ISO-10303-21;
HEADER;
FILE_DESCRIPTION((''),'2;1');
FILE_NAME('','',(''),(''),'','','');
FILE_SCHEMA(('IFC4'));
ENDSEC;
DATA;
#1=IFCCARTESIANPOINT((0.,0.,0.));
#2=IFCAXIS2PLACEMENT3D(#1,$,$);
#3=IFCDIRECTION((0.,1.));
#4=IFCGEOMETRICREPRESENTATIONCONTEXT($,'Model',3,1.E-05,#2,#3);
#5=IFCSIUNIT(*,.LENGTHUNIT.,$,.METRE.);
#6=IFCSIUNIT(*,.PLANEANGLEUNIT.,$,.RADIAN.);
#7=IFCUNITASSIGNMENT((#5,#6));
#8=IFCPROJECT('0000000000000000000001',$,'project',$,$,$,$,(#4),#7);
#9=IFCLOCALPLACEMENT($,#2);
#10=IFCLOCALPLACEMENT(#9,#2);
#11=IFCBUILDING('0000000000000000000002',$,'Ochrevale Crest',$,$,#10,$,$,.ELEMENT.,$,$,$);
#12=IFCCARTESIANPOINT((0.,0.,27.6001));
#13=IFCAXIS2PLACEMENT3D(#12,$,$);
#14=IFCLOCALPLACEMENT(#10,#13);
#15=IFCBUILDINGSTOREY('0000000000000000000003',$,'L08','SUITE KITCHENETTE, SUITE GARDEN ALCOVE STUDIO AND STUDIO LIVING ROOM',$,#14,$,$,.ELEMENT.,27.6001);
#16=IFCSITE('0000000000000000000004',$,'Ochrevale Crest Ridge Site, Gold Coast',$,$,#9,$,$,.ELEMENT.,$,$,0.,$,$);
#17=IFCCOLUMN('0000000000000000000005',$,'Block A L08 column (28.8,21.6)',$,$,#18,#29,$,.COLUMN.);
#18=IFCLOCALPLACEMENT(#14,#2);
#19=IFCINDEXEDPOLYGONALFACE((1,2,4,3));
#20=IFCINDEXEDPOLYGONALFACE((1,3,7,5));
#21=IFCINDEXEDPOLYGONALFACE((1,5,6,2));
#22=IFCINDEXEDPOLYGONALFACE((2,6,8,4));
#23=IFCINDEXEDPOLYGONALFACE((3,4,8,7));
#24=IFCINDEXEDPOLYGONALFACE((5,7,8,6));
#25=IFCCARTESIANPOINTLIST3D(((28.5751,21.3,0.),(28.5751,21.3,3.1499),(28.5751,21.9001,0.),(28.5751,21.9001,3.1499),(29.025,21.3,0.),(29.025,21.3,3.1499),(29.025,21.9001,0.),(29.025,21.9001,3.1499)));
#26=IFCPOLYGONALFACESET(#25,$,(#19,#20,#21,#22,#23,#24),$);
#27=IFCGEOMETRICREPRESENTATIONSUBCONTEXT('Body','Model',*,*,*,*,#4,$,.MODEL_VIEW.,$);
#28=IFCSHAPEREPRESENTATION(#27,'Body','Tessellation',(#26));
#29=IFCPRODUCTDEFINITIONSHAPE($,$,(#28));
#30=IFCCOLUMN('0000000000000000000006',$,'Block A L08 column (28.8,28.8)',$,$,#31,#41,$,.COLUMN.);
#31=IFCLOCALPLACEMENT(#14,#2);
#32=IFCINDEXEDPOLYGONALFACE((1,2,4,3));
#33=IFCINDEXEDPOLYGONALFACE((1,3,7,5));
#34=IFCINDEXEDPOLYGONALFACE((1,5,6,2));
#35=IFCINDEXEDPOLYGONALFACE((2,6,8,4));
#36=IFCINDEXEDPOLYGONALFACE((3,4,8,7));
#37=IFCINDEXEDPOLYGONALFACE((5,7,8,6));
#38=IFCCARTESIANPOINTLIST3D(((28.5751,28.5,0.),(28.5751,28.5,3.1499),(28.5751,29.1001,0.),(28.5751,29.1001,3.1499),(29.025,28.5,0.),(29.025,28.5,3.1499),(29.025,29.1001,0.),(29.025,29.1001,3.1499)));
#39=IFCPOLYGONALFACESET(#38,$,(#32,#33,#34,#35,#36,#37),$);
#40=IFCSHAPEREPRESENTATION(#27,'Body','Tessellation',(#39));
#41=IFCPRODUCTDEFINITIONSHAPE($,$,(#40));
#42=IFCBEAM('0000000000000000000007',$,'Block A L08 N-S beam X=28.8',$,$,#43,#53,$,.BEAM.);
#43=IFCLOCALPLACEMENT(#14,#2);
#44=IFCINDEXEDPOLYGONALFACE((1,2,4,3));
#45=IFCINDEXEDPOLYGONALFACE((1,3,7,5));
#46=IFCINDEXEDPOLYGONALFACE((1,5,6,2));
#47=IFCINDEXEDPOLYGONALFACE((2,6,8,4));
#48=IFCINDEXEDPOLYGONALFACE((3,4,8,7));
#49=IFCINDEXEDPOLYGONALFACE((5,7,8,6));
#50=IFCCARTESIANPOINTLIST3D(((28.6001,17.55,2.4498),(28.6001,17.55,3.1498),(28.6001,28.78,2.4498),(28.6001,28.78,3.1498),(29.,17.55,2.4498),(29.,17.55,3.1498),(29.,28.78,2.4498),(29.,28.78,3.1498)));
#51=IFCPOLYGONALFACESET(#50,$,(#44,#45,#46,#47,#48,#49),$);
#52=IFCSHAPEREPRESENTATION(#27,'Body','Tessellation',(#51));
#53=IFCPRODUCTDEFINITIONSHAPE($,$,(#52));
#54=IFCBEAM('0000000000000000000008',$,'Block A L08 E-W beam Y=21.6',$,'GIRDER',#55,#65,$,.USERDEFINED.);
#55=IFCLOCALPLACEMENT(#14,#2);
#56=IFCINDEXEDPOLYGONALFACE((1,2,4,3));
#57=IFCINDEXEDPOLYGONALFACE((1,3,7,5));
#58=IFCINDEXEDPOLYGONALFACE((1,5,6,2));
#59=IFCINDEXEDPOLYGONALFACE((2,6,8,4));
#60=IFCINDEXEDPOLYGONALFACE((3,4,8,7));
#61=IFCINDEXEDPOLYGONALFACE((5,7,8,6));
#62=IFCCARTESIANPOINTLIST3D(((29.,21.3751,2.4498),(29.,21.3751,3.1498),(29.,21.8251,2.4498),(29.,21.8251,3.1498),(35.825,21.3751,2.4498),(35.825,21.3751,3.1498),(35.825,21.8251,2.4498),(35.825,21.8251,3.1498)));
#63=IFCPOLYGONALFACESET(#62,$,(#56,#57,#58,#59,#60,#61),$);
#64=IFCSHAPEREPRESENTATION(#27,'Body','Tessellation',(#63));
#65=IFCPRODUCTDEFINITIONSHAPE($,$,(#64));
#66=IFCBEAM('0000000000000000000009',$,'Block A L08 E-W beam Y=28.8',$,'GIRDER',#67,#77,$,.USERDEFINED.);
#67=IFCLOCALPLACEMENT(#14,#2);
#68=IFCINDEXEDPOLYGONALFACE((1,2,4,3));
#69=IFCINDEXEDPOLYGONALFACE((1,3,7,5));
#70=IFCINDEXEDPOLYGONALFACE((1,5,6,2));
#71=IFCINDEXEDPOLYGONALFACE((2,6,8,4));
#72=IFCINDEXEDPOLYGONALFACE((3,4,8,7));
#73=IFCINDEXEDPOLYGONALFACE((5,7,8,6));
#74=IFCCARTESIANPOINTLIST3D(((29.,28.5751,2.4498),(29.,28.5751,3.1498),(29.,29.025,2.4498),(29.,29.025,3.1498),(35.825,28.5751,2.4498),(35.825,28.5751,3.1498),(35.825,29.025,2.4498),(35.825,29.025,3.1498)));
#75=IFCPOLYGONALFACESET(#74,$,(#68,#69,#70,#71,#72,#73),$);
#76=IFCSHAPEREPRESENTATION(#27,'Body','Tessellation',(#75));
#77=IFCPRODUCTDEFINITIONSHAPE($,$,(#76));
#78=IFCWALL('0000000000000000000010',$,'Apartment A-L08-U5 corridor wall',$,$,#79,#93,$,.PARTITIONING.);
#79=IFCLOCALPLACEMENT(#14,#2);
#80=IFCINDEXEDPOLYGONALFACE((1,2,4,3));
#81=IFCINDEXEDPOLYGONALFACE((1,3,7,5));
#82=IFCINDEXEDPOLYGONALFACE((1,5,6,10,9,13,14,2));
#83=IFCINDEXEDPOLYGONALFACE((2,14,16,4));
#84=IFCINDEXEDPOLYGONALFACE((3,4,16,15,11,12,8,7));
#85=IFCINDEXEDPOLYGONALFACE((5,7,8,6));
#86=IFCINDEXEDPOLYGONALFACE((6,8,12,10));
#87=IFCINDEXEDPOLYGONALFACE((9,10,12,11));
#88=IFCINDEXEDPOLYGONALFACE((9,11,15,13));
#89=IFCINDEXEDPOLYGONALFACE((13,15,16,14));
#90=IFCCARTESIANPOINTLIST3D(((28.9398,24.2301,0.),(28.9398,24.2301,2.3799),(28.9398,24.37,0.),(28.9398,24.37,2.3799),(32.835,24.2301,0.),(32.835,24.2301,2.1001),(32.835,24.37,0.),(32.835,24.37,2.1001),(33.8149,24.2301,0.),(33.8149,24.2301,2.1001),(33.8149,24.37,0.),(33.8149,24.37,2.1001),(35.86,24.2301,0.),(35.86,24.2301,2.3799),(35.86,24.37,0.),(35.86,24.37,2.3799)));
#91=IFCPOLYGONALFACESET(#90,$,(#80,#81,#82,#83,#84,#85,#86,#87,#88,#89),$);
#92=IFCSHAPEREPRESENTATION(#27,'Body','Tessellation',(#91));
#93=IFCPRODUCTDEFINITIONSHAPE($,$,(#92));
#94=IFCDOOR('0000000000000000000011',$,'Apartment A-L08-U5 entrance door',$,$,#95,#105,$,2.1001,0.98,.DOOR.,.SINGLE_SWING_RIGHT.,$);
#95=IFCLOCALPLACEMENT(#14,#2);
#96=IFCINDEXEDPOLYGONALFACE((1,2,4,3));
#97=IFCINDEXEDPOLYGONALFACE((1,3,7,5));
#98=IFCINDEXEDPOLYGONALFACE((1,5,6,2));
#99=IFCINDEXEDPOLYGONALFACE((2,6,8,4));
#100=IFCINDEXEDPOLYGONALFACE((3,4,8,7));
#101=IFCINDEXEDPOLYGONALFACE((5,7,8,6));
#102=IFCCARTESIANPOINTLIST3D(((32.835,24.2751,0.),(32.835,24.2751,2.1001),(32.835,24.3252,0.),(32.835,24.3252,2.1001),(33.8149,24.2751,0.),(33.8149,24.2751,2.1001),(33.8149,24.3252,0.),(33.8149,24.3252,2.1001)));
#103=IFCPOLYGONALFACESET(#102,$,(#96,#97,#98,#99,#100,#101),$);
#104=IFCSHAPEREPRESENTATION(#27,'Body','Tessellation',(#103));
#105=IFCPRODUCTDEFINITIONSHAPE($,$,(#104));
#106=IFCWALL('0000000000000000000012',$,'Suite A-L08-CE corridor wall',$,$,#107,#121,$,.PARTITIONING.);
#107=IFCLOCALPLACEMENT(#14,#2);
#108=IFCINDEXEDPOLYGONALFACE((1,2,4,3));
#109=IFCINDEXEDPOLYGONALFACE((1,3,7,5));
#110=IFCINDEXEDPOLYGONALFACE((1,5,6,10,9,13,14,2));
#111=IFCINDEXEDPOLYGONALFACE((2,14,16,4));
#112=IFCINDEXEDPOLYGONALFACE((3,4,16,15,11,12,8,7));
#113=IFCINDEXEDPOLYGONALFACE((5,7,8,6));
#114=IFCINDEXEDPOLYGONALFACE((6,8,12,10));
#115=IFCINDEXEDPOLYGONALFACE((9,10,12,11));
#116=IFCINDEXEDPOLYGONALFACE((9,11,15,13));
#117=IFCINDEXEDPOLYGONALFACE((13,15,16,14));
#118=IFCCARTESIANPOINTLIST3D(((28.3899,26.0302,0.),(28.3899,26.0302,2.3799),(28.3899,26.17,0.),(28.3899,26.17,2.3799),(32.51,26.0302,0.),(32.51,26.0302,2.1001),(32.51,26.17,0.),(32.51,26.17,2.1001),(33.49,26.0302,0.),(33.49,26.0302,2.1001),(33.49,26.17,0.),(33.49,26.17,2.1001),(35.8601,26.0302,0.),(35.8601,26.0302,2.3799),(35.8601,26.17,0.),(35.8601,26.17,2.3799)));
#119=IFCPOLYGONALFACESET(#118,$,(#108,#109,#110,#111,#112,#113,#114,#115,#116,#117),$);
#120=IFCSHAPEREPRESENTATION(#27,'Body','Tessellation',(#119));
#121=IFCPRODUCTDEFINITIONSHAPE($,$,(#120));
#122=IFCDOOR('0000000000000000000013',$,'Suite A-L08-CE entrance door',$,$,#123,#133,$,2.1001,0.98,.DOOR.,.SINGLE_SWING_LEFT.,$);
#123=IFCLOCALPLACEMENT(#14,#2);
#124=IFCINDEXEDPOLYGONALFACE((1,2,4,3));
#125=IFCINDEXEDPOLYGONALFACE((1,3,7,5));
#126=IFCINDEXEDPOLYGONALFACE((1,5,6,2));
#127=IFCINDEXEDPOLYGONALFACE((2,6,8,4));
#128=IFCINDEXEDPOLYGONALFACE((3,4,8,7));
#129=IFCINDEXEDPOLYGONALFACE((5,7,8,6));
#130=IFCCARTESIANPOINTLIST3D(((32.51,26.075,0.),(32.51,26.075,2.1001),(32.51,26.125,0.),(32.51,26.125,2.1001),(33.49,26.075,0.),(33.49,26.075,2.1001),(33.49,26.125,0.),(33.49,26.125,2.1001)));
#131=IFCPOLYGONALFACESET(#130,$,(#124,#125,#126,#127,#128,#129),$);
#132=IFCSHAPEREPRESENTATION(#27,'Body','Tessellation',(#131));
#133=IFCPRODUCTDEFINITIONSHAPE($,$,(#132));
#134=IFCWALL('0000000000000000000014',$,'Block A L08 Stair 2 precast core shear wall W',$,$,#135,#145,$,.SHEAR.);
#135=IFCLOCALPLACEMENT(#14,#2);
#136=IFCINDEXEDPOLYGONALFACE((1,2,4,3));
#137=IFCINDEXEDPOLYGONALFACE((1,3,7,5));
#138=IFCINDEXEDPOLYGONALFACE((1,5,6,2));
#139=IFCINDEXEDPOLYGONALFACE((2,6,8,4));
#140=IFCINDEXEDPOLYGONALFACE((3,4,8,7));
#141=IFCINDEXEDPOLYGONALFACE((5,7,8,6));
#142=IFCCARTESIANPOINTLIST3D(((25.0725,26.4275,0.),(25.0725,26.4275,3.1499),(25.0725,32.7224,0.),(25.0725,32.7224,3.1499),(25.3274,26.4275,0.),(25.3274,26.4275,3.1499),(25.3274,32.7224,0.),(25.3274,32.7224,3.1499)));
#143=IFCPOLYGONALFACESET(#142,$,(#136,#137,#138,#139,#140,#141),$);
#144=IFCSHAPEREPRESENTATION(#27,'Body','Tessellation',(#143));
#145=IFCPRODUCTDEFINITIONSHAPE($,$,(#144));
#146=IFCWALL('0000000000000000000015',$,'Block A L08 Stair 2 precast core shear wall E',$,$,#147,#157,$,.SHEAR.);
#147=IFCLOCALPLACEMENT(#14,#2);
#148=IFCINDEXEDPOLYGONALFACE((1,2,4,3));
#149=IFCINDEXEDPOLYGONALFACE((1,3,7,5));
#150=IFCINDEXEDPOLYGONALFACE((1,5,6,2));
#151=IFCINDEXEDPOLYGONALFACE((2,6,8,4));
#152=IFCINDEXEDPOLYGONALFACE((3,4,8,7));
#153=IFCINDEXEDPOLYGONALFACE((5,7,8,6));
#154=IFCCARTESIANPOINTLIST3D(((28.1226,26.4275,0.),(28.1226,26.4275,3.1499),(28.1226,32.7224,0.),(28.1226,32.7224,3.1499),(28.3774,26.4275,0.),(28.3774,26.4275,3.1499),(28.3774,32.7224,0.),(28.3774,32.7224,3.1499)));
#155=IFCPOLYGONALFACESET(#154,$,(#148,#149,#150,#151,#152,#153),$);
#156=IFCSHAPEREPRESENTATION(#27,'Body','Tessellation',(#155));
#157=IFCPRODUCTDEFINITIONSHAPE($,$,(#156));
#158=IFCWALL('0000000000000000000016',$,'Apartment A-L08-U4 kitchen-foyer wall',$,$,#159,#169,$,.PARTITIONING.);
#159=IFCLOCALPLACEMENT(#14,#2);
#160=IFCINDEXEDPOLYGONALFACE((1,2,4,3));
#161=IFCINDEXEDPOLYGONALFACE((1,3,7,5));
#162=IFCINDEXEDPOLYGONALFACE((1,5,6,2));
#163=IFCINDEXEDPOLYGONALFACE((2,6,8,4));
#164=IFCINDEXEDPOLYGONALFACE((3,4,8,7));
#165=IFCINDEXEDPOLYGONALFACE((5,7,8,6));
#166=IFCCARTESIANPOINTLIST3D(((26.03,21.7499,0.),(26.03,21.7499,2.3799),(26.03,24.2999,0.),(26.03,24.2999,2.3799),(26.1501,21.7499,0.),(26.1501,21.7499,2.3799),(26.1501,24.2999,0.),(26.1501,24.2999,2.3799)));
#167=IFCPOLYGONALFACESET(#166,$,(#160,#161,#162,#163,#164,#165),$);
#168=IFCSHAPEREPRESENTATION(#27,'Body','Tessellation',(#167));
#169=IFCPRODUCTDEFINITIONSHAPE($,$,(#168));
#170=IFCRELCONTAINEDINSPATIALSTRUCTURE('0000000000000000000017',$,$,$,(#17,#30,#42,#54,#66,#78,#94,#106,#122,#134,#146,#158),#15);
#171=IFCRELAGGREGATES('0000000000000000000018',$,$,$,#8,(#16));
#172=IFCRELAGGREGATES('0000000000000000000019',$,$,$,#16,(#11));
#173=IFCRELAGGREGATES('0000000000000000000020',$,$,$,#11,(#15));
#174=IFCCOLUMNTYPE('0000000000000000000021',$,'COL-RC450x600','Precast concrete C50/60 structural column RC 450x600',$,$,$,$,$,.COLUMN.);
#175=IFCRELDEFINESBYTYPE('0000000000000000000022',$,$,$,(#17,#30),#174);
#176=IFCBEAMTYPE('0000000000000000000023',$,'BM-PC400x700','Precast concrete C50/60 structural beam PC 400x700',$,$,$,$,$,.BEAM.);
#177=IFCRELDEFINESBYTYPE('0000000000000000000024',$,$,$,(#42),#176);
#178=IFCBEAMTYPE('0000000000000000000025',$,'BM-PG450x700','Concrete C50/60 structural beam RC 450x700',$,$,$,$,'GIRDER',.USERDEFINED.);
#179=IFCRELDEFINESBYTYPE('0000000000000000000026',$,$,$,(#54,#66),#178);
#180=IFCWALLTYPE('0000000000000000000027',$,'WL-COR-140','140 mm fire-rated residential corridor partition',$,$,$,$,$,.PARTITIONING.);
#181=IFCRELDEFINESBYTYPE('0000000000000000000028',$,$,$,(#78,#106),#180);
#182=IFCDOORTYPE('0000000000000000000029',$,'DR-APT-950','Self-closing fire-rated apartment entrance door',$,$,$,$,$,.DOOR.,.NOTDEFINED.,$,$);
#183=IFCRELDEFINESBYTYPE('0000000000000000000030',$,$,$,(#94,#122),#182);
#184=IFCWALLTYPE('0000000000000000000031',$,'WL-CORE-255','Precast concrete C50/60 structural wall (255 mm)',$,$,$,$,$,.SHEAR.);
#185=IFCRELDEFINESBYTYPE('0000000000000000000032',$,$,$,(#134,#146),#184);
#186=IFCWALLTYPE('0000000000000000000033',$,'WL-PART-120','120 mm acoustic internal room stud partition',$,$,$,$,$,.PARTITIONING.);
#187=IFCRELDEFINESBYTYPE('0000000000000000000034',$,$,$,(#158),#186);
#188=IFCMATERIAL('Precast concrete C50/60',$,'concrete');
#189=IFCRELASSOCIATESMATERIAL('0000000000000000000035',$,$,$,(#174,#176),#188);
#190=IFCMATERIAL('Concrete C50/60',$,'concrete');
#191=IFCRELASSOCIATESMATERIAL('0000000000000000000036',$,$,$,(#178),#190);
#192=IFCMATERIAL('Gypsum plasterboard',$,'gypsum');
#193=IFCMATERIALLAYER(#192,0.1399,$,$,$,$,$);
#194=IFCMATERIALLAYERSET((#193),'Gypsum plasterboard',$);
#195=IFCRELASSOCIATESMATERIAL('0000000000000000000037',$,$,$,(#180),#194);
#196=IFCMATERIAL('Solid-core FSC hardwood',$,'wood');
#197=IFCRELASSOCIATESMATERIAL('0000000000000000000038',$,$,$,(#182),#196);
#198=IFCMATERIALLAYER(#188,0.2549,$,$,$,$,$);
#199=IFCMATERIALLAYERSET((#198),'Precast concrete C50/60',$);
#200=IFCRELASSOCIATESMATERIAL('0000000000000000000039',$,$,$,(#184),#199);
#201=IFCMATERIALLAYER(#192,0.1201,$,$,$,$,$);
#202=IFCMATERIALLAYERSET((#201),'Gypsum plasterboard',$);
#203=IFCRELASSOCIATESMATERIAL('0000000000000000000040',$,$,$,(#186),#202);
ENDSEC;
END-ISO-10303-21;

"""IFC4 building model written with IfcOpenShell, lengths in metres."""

from ifc_helpers import new_model, si_unit, direction, frame, frame_2d, origin, origin_2d, place, context, subcontext, project, spatial, rectangle, extrude, material, layer, layer_set, material_profile, profile_set, type_object, element, fill, save


model = new_model("IFC4")

# Units and contexts
model_context = context("Model", 3, precision=1e-05, world=origin(), true_north=direction((0.0, 1.0)))
body_context = subcontext(model_context, "Body", "Model", "MODEL_VIEW")
ifc_project = project(units=[si_unit("LENGTHUNIT", "METRE"), si_unit("PLANEANGLEUNIT", "RADIAN")], contexts=[model_context])

# Site, building, storey
site_placement = place(None, origin())
site = spatial("IfcSite", under=ifc_project, at=site_placement, Name="Ochrevale Crest Ridge Site, Gold Coast", CompositionType="ELEMENT", RefElevation=0.0)
building_placement = place(site_placement, origin())
building = spatial("IfcBuilding", under=site, at=building_placement, Name="Ochrevale Crest", CompositionType="ELEMENT")
storey_placement = place(building_placement, frame((0.0, 0.0, 27.6001)))
storey = spatial("IfcBuildingStorey", under=building, at=storey_placement, Name="L08", Description="SUITE KITCHENETTE, SUITE GARDEN ALCOVE STUDIO AND STUDIO LIVING ROOM", CompositionType="ELEMENT", Elevation=27.6001)

# Columns
ifc_material_1 = material(Name="Precast concrete C50/60", Category="concrete")
ifc_material_profile_1 = material_profile(ifc_material_1, rectangle(XDim=0.45, YDim=0.6001, at=origin_2d()), Name="RC 450x600")
ifc_profile_set_1 = profile_set([ifc_material_profile_1], Name="Precast concrete C50/60")
column_type = type_object("IfcColumnType", Name="COL-RC450x600", Description="Precast concrete C50/60 structural column RC 450x600", PredefinedType="COLUMN", material=ifc_profile_set_1)
for number, where, z_axis, x_axis, name in (
    (1, (28.8, 21.6001, 0.0), (0.0, 0.0, 1.0), (1.0, 0.0, 0.0), "Block A L08 column (28.8,21.6)"),
    (2, (28.8, 28.8, 0.0), (0.0, 0.0, 1.0), (1.0, 0.0, 0.0), "Block A L08 column (28.8,28.8)"),
):
    element("IfcColumn", number, at=place(storey_placement, frame(where, z_axis=z_axis, x_axis=x_axis)), inside=storey, type_object=column_type, Name=name, PredefinedType="COLUMN", context=body_context, shape_type="SweptSolid", body=[
        extrude(rectangle(XDim=0.45, YDim=0.6001, at=origin_2d()), origin(), (0.0, 0.0, 1.0), 3.1499),
    ])

# Beams
ifc_material_profile_2 = material_profile(ifc_material_1, rectangle(XDim=0.3999, YDim=0.7, at=origin_2d()), Name="PC 400x700")
ifc_profile_set_2 = profile_set([ifc_material_profile_2], Name="Precast concrete C50/60")
beam_type_1 = type_object("IfcBeamType", Name="BM-PC400x700", Description="Precast concrete C50/60 structural beam PC 400x700", PredefinedType="BEAM", material=ifc_profile_set_2)
beam_placement = place(storey_placement, frame((28.8, 17.55, 2.7998), z_axis=(0.0, 1.0, 0.0), x_axis=(-1.0, 0.0, 0.0)))
element("IfcBeam", 3, at=beam_placement, inside=storey, type_object=beam_type_1, Name="Block A L08 N-S beam X=28.8", PredefinedType="BEAM", context=body_context, shape_type="SweptSolid", body=[
    extrude(rectangle(XDim=0.3999, YDim=0.7, at=origin_2d()), origin(), (0.0, 0.0, 1.0), 11.23),
])
ifc_material_2 = material(Name="Concrete C50/60", Category="concrete")
ifc_material_profile_3 = material_profile(ifc_material_2, rectangle(XDim=0.45, YDim=0.7, at=origin_2d()), Name="RC 450x700")
ifc_profile_set_3 = profile_set([ifc_material_profile_3], Name="Concrete C50/60")
beam_type_2 = type_object("IfcBeamType", Name="BM-PG450x700", Description="Concrete C50/60 structural beam RC 450x700", ElementType="GIRDER", PredefinedType="USERDEFINED", material=ifc_profile_set_3)
for number, where, z_axis, x_axis, name in (
    (4, (29.0, 21.6001, 2.7998), (1.0, 0.0, 0.0), (0.0, 1.0, 0.0), "Block A L08 E-W beam Y=21.6"),
    (5, (29.0, 28.8, 2.7998), (1.0, 0.0, 0.0), (0.0, 1.0, 0.0), "Block A L08 E-W beam Y=28.8"),
):
    element("IfcBeam", number, at=place(storey_placement, frame(where, z_axis=z_axis, x_axis=x_axis)), inside=storey, type_object=beam_type_2, Name=name, ObjectType="GIRDER", PredefinedType="USERDEFINED", context=body_context, shape_type="SweptSolid", body=[
        extrude(rectangle(XDim=0.45, YDim=0.7, at=origin_2d()), origin(), (0.0, 0.0, 1.0), 6.825),
    ])

# Walls, openings, doors
ifc_material_3 = material(Name="Gypsum plasterboard", Category="gypsum")
ifc_layer_1 = layer(ifc_material_3, 0.1399)
ifc_layer_set_1 = layer_set([ifc_layer_1], Name="Gypsum plasterboard")
wall_type_1 = type_object("IfcWallType", Name="WL-COR-140", Description="140 mm fire-rated residential corridor partition", PredefinedType="PARTITIONING", material=ifc_layer_set_1)
wall_1_placement = place(storey_placement, frame((28.9399, 24.3, 0.0), z_axis=(0.0, 0.0, 1.0), x_axis=(1.0, 0.0, 0.0)))
wall_1 = element("IfcWall", 6, at=wall_1_placement, inside=storey, type_object=wall_type_1, Name="Apartment A-L08-U5 corridor wall", PredefinedType="PARTITIONING", context=body_context, shape_type="SweptSolid", body=[
    extrude(rectangle(XDim=6.9202, YDim=0.1399, at=frame_2d((3.46, 0.0))), origin(), (0.0, 0.0, 1.0), 2.3799),
])
opening_1_placement = place(wall_1_placement, frame((4.875, 0.0, 0.0), z_axis=(0.0, 0.0, 1.0), x_axis=(-1.0, 0.0, 0.0)))
opening_1 = element("IfcOpeningElement", 7, at=opening_1_placement, cuts=wall_1, PredefinedType="OPENING", context=body_context, shape_type="SweptSolid", body=[
    extrude(rectangle(XDim=0.98, YDim=2.1001, at=frame_2d((0.49, 1.05))), frame((0.0, 0.0801, 0.0), z_axis=(0.0, -1.0, 0.0), x_axis=(1.0, 0.0, 0.0)), (0.0, 0.0, 1.0), 0.1599),
])
ifc_material_4 = material(Name="Solid-core FSC hardwood", Category="wood")
door_type_1 = type_object("IfcDoorType", Name="DR-APT-950", Description="Self-closing fire-rated apartment entrance door", OperationType="NOTDEFINED", PredefinedType="DOOR", material=ifc_material_4)
door_1_placement = place(opening_1_placement, origin())
door_1 = element("IfcDoor", 8, at=door_1_placement, inside=storey, type_object=door_type_1, Name="Apartment A-L08-U5 entrance door", OperationType="SINGLE_SWING_RIGHT", OverallHeight=2.1001, OverallWidth=0.98, PredefinedType="DOOR", context=body_context, shape_type="SweptSolid", body=[
    extrude(rectangle(XDim=0.98, YDim=2.1001, at=frame_2d((0.49, 1.05))), frame((0.0, 0.0249, 0.0), z_axis=(0.0, -1.0, 0.0), x_axis=(1.0, 0.0, 0.0)), (0.0, 0.0, 1.0), 0.05),
])
fill(opening_1, door_1)
wall_2_placement = place(storey_placement, frame((28.3899, 26.1001, 0.0), z_axis=(0.0, 0.0, 1.0), x_axis=(1.0, 0.0, 0.0)))
wall_2 = element("IfcWall", 9, at=wall_2_placement, inside=storey, type_object=wall_type_1, Name="Suite A-L08-CE corridor wall", PredefinedType="PARTITIONING", context=body_context, shape_type="SweptSolid", body=[
    extrude(rectangle(XDim=7.4702, YDim=0.1399, at=frame_2d((3.7351, 0.0))), origin(), (0.0, 0.0, 1.0), 2.3799),
])
opening_2_placement = place(wall_2_placement, frame((4.1201, 0.0, 0.0)))
opening_2 = element("IfcOpeningElement", 10, at=opening_2_placement, cuts=wall_2, PredefinedType="OPENING", context=body_context, shape_type="SweptSolid", body=[
    extrude(rectangle(XDim=0.98, YDim=2.1001, at=frame_2d((0.49, 1.05))), frame((0.0, 0.0801, 0.0), z_axis=(0.0, -1.0, 0.0), x_axis=(1.0, 0.0, 0.0)), (0.0, 0.0, 1.0), 0.1599),
])
door_2_placement = place(opening_2_placement, origin())
door_2 = element("IfcDoor", 11, at=door_2_placement, inside=storey, type_object=door_type_1, Name="Suite A-L08-CE entrance door", OperationType="SINGLE_SWING_LEFT", OverallHeight=2.1001, OverallWidth=0.98, PredefinedType="DOOR", context=body_context, shape_type="SweptSolid", body=[
    extrude(rectangle(XDim=0.98, YDim=2.1001, at=frame_2d((0.49, 1.05))), frame((0.0, 0.0249, 0.0), z_axis=(0.0, -1.0, 0.0), x_axis=(1.0, 0.0, 0.0)), (0.0, 0.0, 1.0), 0.05),
])
fill(opening_2, door_2)
ifc_layer_2 = layer(ifc_material_1, 0.2549)
ifc_layer_set_2 = layer_set([ifc_layer_2], Name="Precast concrete C50/60")
wall_type_2 = type_object("IfcWallType", Name="WL-CORE-255", Description="Precast concrete C50/60 structural wall (255 mm)", PredefinedType="SHEAR", material=ifc_layer_set_2)

# Walls
for number, where, z_axis, x_axis, name in (
    (12, (25.2, 26.4275, 0.0), (0.0, 0.0, 1.0), (0.0, 1.0, 0.0), "Block A L08 Stair 2 precast core shear wall W"),
    (13, (28.25, 26.4275, 0.0), (0.0, 0.0, 1.0), (0.0, 1.0, 0.0), "Block A L08 Stair 2 precast core shear wall E"),
):
    element("IfcWall", number, at=place(storey_placement, frame(where, z_axis=z_axis, x_axis=x_axis)), inside=storey, type_object=wall_type_2, Name=name, PredefinedType="SHEAR", context=body_context, shape_type="SweptSolid", body=[
        extrude(rectangle(XDim=6.2949, YDim=0.2549, at=frame_2d((3.1475, 0.0))), origin(), (0.0, 0.0, 1.0), 3.1499),
    ])
ifc_layer_3 = layer(ifc_material_3, 0.1201)
ifc_layer_set_3 = layer_set([ifc_layer_3], Name="Gypsum plasterboard")
wall_type_3 = type_object("IfcWallType", Name="WL-PART-120", Description="120 mm acoustic internal room stud partition", PredefinedType="PARTITIONING", material=ifc_layer_set_3)
wall_3_placement = place(storey_placement, frame((26.0901, 21.75, 0.0), z_axis=(0.0, 0.0, 1.0), x_axis=(0.0, 1.0, 0.0)))
element("IfcWall", 14, at=wall_3_placement, inside=storey, type_object=wall_type_3, Name="Apartment A-L08-U4 kitchen-foyer wall", PredefinedType="PARTITIONING", context=body_context, shape_type="SweptSolid", body=[
    extrude(rectangle(XDim=2.55, YDim=0.1201, at=frame_2d((1.2749, 0.0))), origin(), (0.0, 0.0, 1.0), 2.3799),
])

save(model, "model.ifc")
